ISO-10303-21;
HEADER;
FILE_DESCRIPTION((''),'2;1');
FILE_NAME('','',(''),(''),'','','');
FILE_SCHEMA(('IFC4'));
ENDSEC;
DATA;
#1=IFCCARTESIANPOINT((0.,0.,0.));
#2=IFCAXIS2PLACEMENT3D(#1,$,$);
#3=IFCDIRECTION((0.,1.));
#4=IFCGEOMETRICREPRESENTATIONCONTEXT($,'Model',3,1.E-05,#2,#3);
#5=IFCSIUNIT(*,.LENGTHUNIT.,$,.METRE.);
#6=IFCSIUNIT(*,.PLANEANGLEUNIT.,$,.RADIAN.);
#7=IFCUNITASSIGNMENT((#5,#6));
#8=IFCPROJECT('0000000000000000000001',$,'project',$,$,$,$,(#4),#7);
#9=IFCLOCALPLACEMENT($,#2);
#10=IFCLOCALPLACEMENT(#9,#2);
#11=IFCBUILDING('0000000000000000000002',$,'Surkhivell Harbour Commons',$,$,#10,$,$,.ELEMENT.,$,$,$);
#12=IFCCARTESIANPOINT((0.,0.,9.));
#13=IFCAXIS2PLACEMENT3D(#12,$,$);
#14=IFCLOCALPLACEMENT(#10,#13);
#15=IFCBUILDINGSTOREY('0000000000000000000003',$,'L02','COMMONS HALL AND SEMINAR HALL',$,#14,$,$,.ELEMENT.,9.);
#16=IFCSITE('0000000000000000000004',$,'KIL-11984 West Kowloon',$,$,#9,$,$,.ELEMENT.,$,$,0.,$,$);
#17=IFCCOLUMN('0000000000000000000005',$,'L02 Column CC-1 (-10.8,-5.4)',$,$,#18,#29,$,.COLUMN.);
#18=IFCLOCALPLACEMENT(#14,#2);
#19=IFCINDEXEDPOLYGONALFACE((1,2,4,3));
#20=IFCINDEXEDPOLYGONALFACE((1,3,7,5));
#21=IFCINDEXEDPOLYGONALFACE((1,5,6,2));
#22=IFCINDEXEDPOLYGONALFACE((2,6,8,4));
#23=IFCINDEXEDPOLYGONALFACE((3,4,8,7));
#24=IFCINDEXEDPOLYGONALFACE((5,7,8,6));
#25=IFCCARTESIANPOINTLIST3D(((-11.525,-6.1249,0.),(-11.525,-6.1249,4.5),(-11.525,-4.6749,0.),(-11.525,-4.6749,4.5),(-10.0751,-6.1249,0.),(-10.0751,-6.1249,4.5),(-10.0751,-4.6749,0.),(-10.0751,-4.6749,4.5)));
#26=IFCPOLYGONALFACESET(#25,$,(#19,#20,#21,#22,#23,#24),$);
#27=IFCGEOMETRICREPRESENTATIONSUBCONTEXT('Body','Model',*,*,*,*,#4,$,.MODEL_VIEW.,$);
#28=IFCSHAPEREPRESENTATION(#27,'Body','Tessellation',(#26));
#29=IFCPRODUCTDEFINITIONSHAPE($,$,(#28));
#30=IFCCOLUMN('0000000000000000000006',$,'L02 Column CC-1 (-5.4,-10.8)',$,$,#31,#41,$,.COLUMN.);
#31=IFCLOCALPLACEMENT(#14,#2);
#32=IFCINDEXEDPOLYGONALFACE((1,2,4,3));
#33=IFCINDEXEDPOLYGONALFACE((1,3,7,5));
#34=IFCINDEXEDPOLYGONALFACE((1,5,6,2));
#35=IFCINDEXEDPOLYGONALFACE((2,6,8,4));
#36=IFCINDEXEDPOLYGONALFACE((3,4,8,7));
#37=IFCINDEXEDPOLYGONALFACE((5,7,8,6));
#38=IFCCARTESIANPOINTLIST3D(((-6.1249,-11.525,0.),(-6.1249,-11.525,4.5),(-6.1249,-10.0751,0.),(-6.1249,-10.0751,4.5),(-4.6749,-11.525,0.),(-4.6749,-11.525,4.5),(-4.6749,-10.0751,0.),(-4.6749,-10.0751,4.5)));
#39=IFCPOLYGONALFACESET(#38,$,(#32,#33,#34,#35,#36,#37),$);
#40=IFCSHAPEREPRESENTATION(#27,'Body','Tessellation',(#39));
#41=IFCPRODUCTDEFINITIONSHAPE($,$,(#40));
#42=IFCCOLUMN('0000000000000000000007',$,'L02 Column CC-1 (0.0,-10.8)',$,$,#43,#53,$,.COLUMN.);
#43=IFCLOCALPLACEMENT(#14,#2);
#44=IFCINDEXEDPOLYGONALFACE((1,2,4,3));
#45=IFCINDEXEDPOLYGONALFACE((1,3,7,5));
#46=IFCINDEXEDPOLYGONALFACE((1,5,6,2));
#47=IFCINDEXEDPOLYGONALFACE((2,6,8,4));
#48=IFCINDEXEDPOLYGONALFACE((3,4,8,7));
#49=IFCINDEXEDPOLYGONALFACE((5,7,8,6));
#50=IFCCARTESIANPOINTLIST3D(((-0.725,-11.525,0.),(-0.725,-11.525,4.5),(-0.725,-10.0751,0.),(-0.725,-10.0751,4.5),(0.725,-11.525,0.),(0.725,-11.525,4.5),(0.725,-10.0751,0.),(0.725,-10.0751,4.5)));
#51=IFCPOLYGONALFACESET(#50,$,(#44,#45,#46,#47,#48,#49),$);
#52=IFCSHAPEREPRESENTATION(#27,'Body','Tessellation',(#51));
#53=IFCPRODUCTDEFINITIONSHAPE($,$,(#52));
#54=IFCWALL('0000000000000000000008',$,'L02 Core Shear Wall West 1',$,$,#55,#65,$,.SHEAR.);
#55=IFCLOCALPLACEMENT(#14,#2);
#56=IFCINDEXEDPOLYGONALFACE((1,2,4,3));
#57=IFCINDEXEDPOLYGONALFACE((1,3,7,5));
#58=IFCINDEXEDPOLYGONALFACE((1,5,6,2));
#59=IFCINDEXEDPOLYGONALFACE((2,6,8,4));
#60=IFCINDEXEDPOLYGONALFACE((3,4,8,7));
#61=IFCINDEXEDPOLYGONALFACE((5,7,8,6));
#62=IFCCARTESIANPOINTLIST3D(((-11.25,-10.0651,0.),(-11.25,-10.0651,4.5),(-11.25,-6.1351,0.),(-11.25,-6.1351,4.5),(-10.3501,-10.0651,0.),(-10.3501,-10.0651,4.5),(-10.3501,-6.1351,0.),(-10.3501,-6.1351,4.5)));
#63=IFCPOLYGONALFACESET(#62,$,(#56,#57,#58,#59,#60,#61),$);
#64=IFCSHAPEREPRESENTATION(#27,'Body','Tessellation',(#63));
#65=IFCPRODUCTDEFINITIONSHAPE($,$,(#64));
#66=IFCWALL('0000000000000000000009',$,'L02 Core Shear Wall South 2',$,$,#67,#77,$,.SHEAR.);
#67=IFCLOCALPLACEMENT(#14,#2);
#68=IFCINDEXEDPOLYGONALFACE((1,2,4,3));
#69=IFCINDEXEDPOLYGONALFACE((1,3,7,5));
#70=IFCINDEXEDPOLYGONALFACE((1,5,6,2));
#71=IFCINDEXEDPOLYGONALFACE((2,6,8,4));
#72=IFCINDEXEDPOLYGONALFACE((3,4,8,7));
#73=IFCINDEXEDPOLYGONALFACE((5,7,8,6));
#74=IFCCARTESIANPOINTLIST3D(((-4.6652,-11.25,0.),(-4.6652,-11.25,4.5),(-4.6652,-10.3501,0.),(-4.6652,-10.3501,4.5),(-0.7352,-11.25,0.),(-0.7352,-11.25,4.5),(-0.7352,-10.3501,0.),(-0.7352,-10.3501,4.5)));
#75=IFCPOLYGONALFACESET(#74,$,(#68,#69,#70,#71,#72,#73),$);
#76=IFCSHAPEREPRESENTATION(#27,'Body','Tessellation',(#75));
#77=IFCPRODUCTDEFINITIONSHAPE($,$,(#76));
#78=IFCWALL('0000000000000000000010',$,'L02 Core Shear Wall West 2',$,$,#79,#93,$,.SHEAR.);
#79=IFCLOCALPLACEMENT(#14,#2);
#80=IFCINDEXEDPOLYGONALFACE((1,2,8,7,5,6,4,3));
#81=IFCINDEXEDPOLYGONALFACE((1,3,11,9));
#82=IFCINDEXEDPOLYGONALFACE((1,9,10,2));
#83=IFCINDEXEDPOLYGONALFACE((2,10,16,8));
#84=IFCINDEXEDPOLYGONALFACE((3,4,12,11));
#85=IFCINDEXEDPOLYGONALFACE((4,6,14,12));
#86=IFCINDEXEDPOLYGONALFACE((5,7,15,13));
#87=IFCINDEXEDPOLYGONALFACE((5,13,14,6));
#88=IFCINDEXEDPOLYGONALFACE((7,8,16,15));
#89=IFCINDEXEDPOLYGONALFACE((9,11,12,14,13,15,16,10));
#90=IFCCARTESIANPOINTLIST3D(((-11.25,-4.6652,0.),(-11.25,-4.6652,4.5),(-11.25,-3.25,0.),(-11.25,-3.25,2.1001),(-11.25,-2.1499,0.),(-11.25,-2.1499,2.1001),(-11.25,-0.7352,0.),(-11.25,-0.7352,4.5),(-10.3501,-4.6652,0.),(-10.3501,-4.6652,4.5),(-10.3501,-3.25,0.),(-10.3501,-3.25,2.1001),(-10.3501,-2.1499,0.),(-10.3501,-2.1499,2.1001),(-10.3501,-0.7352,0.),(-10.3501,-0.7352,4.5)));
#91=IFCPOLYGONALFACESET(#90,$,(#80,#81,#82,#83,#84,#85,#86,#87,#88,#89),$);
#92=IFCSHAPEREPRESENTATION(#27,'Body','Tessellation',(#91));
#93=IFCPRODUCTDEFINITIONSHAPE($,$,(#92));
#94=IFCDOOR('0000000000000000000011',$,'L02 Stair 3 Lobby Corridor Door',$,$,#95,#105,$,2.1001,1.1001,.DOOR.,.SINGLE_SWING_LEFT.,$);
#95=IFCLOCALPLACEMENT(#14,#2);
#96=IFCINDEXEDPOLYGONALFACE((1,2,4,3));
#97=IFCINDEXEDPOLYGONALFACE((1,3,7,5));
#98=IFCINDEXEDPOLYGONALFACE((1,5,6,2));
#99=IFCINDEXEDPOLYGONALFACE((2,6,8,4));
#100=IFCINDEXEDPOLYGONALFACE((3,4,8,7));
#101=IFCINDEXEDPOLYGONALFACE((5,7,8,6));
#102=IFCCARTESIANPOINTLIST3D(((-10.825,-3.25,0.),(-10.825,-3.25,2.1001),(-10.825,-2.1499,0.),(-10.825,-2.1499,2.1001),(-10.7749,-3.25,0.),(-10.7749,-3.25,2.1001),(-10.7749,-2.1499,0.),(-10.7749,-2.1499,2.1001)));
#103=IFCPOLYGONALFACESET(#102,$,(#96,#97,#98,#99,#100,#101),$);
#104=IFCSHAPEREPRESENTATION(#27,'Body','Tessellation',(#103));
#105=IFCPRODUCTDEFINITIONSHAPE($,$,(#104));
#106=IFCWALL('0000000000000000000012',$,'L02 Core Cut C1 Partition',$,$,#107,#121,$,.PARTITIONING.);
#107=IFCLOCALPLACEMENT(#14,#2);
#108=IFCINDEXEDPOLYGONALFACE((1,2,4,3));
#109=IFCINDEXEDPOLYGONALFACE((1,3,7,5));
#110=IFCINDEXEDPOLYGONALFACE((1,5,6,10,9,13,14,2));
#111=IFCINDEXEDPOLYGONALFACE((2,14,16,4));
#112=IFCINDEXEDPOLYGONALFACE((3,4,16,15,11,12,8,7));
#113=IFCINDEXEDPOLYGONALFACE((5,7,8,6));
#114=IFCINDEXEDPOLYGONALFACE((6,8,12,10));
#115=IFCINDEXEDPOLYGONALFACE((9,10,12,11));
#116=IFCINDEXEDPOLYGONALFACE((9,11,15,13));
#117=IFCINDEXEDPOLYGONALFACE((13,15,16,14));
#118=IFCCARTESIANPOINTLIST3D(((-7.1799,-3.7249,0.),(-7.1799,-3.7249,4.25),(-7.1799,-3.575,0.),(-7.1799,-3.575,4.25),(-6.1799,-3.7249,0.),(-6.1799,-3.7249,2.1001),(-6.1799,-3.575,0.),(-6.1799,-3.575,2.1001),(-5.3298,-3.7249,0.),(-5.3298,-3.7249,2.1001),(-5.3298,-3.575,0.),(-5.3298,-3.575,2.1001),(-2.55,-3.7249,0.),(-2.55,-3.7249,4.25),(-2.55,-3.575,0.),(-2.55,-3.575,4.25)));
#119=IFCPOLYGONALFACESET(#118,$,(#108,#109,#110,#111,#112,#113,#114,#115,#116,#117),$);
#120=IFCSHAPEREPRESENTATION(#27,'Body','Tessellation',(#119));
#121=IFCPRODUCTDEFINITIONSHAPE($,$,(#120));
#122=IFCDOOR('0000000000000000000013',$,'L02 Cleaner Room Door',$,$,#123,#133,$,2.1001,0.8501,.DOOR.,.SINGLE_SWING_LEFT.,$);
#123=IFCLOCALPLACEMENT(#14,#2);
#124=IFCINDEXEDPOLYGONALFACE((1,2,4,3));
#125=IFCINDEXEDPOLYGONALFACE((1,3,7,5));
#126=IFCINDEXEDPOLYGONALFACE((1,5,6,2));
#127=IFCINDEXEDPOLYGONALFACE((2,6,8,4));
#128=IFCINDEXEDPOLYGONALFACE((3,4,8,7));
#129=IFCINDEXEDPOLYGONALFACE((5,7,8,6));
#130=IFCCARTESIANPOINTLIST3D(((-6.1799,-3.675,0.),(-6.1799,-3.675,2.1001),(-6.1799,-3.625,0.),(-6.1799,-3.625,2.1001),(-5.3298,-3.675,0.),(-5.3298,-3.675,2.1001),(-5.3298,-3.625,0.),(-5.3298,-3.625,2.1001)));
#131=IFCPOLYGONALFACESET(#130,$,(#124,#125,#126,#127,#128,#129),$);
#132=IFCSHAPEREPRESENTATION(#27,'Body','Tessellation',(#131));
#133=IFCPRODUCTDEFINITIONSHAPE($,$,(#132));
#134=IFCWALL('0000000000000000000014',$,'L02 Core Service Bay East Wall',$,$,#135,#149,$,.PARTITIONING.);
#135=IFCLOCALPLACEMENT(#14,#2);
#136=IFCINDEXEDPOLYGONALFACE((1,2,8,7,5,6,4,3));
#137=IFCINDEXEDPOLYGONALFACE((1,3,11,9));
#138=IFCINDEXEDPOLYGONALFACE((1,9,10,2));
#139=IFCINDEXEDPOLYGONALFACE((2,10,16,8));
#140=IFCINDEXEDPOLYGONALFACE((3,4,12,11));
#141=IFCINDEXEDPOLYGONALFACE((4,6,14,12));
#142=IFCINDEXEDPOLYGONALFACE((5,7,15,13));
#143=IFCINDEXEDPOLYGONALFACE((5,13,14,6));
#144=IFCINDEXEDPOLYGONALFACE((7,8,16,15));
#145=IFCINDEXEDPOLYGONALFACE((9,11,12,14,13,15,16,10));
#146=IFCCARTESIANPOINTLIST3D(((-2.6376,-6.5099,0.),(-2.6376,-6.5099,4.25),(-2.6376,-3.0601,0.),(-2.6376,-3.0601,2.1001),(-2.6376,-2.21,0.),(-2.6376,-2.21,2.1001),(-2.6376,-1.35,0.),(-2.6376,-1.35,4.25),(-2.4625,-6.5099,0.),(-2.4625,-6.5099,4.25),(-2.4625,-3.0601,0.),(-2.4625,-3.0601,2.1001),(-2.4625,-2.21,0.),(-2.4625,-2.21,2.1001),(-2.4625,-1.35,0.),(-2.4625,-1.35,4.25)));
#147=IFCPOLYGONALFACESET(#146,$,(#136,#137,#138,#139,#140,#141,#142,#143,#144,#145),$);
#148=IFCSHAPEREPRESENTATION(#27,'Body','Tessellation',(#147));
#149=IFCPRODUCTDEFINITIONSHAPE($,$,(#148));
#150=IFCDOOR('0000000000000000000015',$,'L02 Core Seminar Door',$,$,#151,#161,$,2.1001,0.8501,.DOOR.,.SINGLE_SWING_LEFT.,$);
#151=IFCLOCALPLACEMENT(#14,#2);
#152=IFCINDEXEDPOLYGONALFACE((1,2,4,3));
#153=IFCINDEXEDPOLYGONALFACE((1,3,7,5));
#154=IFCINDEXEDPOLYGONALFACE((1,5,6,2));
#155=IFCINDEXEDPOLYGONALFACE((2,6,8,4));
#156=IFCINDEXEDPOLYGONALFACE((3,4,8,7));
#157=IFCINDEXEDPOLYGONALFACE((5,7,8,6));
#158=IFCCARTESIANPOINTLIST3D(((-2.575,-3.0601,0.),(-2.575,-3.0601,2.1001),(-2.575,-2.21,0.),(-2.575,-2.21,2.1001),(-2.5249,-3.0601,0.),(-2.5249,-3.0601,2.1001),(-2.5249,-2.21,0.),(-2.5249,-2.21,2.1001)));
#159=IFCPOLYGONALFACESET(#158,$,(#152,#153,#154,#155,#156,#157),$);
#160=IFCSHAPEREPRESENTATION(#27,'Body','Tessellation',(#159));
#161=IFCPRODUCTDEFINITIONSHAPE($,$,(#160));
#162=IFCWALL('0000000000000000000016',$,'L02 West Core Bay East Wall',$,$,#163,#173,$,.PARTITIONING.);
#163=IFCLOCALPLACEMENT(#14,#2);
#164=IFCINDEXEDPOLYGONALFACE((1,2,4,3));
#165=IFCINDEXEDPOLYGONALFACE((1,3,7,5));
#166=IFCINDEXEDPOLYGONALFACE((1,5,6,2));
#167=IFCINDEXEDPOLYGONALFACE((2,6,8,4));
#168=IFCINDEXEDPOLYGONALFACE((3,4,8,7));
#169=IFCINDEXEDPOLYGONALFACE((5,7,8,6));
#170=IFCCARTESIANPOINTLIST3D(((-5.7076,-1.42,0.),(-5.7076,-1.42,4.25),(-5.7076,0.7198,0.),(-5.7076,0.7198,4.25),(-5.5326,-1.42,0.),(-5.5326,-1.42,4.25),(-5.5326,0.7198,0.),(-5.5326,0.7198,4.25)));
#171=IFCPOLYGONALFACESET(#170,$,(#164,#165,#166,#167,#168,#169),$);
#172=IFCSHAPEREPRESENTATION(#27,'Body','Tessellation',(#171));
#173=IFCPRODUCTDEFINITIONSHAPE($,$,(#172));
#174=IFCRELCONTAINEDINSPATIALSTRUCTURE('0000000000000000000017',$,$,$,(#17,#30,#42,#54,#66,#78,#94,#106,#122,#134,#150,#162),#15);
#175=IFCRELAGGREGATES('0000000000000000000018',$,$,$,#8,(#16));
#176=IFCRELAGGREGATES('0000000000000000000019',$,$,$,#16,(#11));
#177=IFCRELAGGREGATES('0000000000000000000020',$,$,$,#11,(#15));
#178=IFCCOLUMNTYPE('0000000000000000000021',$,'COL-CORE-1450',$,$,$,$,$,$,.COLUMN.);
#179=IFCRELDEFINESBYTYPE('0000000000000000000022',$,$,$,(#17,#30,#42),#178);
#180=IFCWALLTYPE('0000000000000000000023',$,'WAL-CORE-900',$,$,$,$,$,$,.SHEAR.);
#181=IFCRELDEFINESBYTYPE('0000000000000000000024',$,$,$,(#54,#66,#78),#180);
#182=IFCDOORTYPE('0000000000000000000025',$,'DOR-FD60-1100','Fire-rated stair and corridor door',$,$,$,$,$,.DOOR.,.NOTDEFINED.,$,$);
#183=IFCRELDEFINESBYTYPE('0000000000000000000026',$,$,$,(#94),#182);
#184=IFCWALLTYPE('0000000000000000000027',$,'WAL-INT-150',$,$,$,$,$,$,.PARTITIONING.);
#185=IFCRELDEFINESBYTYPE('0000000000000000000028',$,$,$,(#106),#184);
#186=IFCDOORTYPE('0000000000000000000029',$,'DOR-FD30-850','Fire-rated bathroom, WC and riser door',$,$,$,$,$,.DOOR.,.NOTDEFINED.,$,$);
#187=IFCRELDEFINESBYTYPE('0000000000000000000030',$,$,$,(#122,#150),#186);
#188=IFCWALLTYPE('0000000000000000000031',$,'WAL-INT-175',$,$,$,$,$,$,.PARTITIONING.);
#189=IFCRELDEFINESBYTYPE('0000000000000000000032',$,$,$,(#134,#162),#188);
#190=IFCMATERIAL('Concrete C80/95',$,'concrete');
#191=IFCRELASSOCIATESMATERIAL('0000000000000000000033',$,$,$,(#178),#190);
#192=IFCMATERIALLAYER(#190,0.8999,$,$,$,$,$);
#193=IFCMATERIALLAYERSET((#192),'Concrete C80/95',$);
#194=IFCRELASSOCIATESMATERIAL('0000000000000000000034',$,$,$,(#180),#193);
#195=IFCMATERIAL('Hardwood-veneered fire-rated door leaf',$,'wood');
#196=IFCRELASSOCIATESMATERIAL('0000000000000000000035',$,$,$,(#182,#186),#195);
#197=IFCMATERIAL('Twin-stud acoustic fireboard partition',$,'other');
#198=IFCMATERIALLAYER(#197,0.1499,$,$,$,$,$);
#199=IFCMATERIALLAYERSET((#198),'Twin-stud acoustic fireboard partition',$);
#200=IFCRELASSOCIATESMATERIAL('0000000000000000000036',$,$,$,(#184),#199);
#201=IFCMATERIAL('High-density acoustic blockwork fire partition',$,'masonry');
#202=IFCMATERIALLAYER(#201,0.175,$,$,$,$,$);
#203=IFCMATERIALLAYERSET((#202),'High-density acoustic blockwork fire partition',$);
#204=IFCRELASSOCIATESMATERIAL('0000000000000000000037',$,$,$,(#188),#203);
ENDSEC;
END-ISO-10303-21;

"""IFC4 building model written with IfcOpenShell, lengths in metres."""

from ifc_helpers import new_model, si_unit, direction, frame, frame_2d, origin, origin_2d, place, context, subcontext, project, spatial, rectangle, extrude, material, layer, layer_set, material_profile, profile_set, type_object, element, fill, save


model = new_model("IFC4")

# Units and contexts
model_context = context("Model", 3, precision=1e-05, world=origin(), true_north=direction((0.0, 1.0)))
body_context = subcontext(model_context, "Body", "Model", "MODEL_VIEW")
ifc_project = project(units=[si_unit("LENGTHUNIT", "METRE"), si_unit("PLANEANGLEUNIT", "RADIAN")], contexts=[model_context])

# Site, building, storey
site_placement = place(None, origin())
site = spatial("IfcSite", under=ifc_project, at=site_placement, Name="KIL-11984 West Kowloon", CompositionType="ELEMENT", RefElevation=0.0)
building_placement = place(site_placement, origin())
building = spatial("IfcBuilding", under=site, at=building_placement, Name="Surkhivell Harbour Commons", CompositionType="ELEMENT")
storey_placement = place(building_placement, frame((0.0, 0.0, 9.0)))
storey = spatial("IfcBuildingStorey", under=building, at=storey_placement, Name="L02", Description="COMMONS HALL AND SEMINAR HALL", CompositionType="ELEMENT", Elevation=9.0)

# Columns
ifc_material_1 = material(Name="Concrete C80/95", Category="concrete")
ifc_material_profile = material_profile(ifc_material_1, rectangle(XDim=1.45, YDim=1.45, at=origin_2d()), Name="RC-COL-1450x1450")
ifc_profile_set = profile_set([ifc_material_profile], Name="Concrete C80/95")
column_type = type_object("IfcColumnType", Name="COL-CORE-1450", PredefinedType="COLUMN", material=ifc_profile_set)
for number, where, z_axis, x_axis, name in (
    (1, (-10.8, -5.3999, 0.0), (0.0, 0.0, 1.0), (1.0, 0.0, 0.0), "L02 Column CC-1 (-10.8,-5.4)"),
    (2, (-5.3999, -10.8, 0.0), (0.0, 0.0, 1.0), (1.0, 0.0, 0.0), "L02 Column CC-1 (-5.4,-10.8)"),
    (3, (0.0, -10.8, 0.0), (0.0, 0.0, 1.0), (1.0, 0.0, 0.0), "L02 Column CC-1 (0.0,-10.8)"),
):
    element("IfcColumn", number, at=place(storey_placement, frame(where, z_axis=z_axis, x_axis=x_axis)), inside=storey, type_object=column_type, Name=name, PredefinedType="COLUMN", context=body_context, shape_type="SweptSolid", body=[
        extrude(rectangle(XDim=1.45, YDim=1.45, at=origin_2d()), origin(), (0.0, 0.0, 1.0), 4.5),
    ])

# Walls
ifc_layer_1 = layer(ifc_material_1, 0.8999)
ifc_layer_set_1 = layer_set([ifc_layer_1], Name="Concrete C80/95")
wall_type_1 = type_object("IfcWallType", Name="WAL-CORE-900", PredefinedType="SHEAR", material=ifc_layer_set_1)
for number, where, z_axis, x_axis, name in (
    (4, (-10.8, -10.0649, 0.0), (0.0, 0.0, 1.0), (0.0, 1.0, 0.0), "L02 Core Shear Wall West 1"),
    (5, (-4.665, -10.8, 0.0), (0.0, 0.0, 1.0), (1.0, 0.0, 0.0), "L02 Core Shear Wall South 2"),
):
    element("IfcWall", number, at=place(storey_placement, frame(where, z_axis=z_axis, x_axis=x_axis)), inside=storey, type_object=wall_type_1, Name=name, PredefinedType="SHEAR", context=body_context, shape_type="SweptSolid", body=[
        extrude(rectangle(XDim=3.9299, YDim=0.8999, at=frame_2d((1.9648, 0.0))), origin(), (0.0, 0.0, 1.0), 4.5),
    ])

# Walls, openings, doors
wall_1_placement = place(storey_placement, frame((-10.8, -4.665, 0.0), z_axis=(0.0, 0.0, 1.0), x_axis=(0.0, 1.0, 0.0)))
wall_1 = element("IfcWall", 6, at=wall_1_placement, inside=storey, type_object=wall_type_1, Name="L02 Core Shear Wall West 2", PredefinedType="SHEAR", context=body_context, shape_type="SweptSolid", body=[
    extrude(rectangle(XDim=3.9299, YDim=0.8999, at=frame_2d((1.9648, 0.0))), origin(), (0.0, 0.0, 1.0), 4.5),
])
opening_1_placement = place(wall_1_placement, frame((1.415, 0.0, 0.0)))
opening_1 = element("IfcOpeningElement", 7, at=opening_1_placement, cuts=wall_1, PredefinedType="OPENING", context=body_context, shape_type="SweptSolid", body=[
    extrude(rectangle(XDim=1.1001, YDim=2.1001, at=frame_2d((0.55, 1.05))), frame((0.0, 0.46, 0.0), z_axis=(0.0, -1.0, 0.0), x_axis=(1.0, 0.0, 0.0)), (0.0, 0.0, 1.0), 0.9199),
])
ifc_material_2 = material(Name="Hardwood-veneered fire-rated door leaf", Category="wood")
door_type_1 = type_object("IfcDoorType", Name="DOR-FD60-1100", Description="Fire-rated stair and corridor door", OperationType="NOTDEFINED", PredefinedType="DOOR", material=ifc_material_2)
door_1_placement = place(opening_1_placement, origin())
door_1 = element("IfcDoor", 8, at=door_1_placement, inside=storey, type_object=door_type_1, Name="L02 Stair 3 Lobby Corridor Door", OperationType="SINGLE_SWING_LEFT", OverallHeight=2.1001, OverallWidth=1.1001, PredefinedType="DOOR", context=body_context, shape_type="SweptSolid", body=[
    extrude(rectangle(XDim=1.1001, YDim=2.1001, at=frame_2d((0.55, 1.05))), frame((0.0, 0.0249, 0.0), z_axis=(0.0, -1.0, 0.0), x_axis=(1.0, 0.0, 0.0)), (0.0, 0.0, 1.0), 0.05),
])
fill(opening_1, door_1)
ifc_material_3 = material(Name="Twin-stud acoustic fireboard partition", Category="other")
ifc_layer_2 = layer(ifc_material_3, 0.1499)
ifc_layer_set_2 = layer_set([ifc_layer_2], Name="Twin-stud acoustic fireboard partition")
wall_type_2 = type_object("IfcWallType", Name="WAL-INT-150", PredefinedType="PARTITIONING", material=ifc_layer_set_2)
wall_2_placement = place(storey_placement, frame((-7.1799, -3.6499, 0.0), z_axis=(0.0, 0.0, 1.0), x_axis=(1.0, 0.0, 0.0)))
wall_2 = element("IfcWall", 9, at=wall_2_placement, inside=storey, type_object=wall_type_2, Name="L02 Core Cut C1 Partition", PredefinedType="PARTITIONING", context=body_context, shape_type="SweptSolid", body=[
    extrude(rectangle(XDim=4.6299, YDim=0.1499, at=frame_2d((2.3149, 0.0))), origin(), (0.0, 0.0, 1.0), 4.25),
])
opening_2_placement = place(wall_2_placement, frame((1.0, 0.0, 0.0)))
opening_2 = element("IfcOpeningElement", 10, at=opening_2_placement, cuts=wall_2, PredefinedType="OPENING", context=body_context, shape_type="SweptSolid", body=[
    extrude(rectangle(XDim=0.8501, YDim=2.1001, at=frame_2d((0.425, 1.05))), frame((0.0, 0.085, 0.0), z_axis=(0.0, -1.0, 0.0), x_axis=(1.0, 0.0, 0.0)), (0.0, 0.0, 1.0), 0.1699),
])
door_type_2 = type_object("IfcDoorType", Name="DOR-FD30-850", Description="Fire-rated bathroom, WC and riser door", OperationType="NOTDEFINED", PredefinedType="DOOR", material=ifc_material_2)
door_2_placement = place(opening_2_placement, origin())
door_2 = element("IfcDoor", 11, at=door_2_placement, inside=storey, type_object=door_type_2, Name="L02 Cleaner Room Door", OperationType="SINGLE_SWING_LEFT", OverallHeight=2.1001, OverallWidth=0.8501, PredefinedType="DOOR", context=body_context, shape_type="SweptSolid", body=[
    extrude(rectangle(XDim=0.8501, YDim=2.1001, at=frame_2d((0.425, 1.05))), frame((0.0, 0.0249, 0.0), z_axis=(0.0, -1.0, 0.0), x_axis=(1.0, 0.0, 0.0)), (0.0, 0.0, 1.0), 0.05),
])
fill(opening_2, door_2)
ifc_material_4 = material(Name="High-density acoustic blockwork fire partition", Category="masonry")
ifc_layer_3 = layer(ifc_material_4, 0.175)
ifc_layer_set_3 = layer_set([ifc_layer_3], Name="High-density acoustic blockwork fire partition")
wall_type_3 = type_object("IfcWallType", Name="WAL-INT-175", PredefinedType="PARTITIONING", material=ifc_layer_set_3)
wall_3_placement = place(storey_placement, frame((-2.55, -6.51, 0.0), z_axis=(0.0, 0.0, 1.0), x_axis=(0.0, 1.0, 0.0)))
wall_3 = element("IfcWall", 12, at=wall_3_placement, inside=storey, type_object=wall_type_3, Name="L02 Core Service Bay East Wall", PredefinedType="PARTITIONING", context=body_context, shape_type="SweptSolid", body=[
    extrude(rectangle(XDim=5.1599, YDim=0.175, at=frame_2d((2.5801, 0.0))), origin(), (0.0, 0.0, 1.0), 4.25),
])
opening_3_placement = place(wall_3_placement, frame((3.45, 0.0, 0.0)))
opening_3 = element("IfcOpeningElement", 13, at=opening_3_placement, cuts=wall_3, PredefinedType="OPENING", context=body_context, shape_type="SweptSolid", body=[
    extrude(rectangle(XDim=0.8501, YDim=2.1001, at=frame_2d((0.425, 1.05))), frame((0.0, 0.0974, 0.0), z_axis=(0.0, -1.0, 0.0), x_axis=(1.0, 0.0, 0.0)), (0.0, 0.0, 1.0), 0.1951),
])
door_3_placement = place(opening_3_placement, origin())
door_3 = element("IfcDoor", 14, at=door_3_placement, inside=storey, type_object=door_type_2, Name="L02 Core Seminar Door", OperationType="SINGLE_SWING_LEFT", OverallHeight=2.1001, OverallWidth=0.8501, PredefinedType="DOOR", context=body_context, shape_type="SweptSolid", body=[
    extrude(rectangle(XDim=0.8501, YDim=2.1001, at=frame_2d((0.425, 1.05))), frame((0.0, 0.0249, 0.0), z_axis=(0.0, -1.0, 0.0), x_axis=(1.0, 0.0, 0.0)), (0.0, 0.0, 1.0), 0.05),
])
fill(opening_3, door_3)

# Wall
wall_4_placement = place(storey_placement, frame((-5.6201, -1.4199, 0.0), z_axis=(0.0, 0.0, 1.0), x_axis=(0.0, 1.0, 0.0)))
element("IfcWall", 15, at=wall_4_placement, inside=storey, type_object=wall_type_3, Name="L02 West Core Bay East Wall", PredefinedType="PARTITIONING", context=body_context, shape_type="SweptSolid", body=[
    extrude(rectangle(XDim=2.1399, YDim=0.175, at=frame_2d((1.0698, 0.0))), origin(), (0.0, 0.0, 1.0), 4.25),
])

save(model, "model.ifc")
